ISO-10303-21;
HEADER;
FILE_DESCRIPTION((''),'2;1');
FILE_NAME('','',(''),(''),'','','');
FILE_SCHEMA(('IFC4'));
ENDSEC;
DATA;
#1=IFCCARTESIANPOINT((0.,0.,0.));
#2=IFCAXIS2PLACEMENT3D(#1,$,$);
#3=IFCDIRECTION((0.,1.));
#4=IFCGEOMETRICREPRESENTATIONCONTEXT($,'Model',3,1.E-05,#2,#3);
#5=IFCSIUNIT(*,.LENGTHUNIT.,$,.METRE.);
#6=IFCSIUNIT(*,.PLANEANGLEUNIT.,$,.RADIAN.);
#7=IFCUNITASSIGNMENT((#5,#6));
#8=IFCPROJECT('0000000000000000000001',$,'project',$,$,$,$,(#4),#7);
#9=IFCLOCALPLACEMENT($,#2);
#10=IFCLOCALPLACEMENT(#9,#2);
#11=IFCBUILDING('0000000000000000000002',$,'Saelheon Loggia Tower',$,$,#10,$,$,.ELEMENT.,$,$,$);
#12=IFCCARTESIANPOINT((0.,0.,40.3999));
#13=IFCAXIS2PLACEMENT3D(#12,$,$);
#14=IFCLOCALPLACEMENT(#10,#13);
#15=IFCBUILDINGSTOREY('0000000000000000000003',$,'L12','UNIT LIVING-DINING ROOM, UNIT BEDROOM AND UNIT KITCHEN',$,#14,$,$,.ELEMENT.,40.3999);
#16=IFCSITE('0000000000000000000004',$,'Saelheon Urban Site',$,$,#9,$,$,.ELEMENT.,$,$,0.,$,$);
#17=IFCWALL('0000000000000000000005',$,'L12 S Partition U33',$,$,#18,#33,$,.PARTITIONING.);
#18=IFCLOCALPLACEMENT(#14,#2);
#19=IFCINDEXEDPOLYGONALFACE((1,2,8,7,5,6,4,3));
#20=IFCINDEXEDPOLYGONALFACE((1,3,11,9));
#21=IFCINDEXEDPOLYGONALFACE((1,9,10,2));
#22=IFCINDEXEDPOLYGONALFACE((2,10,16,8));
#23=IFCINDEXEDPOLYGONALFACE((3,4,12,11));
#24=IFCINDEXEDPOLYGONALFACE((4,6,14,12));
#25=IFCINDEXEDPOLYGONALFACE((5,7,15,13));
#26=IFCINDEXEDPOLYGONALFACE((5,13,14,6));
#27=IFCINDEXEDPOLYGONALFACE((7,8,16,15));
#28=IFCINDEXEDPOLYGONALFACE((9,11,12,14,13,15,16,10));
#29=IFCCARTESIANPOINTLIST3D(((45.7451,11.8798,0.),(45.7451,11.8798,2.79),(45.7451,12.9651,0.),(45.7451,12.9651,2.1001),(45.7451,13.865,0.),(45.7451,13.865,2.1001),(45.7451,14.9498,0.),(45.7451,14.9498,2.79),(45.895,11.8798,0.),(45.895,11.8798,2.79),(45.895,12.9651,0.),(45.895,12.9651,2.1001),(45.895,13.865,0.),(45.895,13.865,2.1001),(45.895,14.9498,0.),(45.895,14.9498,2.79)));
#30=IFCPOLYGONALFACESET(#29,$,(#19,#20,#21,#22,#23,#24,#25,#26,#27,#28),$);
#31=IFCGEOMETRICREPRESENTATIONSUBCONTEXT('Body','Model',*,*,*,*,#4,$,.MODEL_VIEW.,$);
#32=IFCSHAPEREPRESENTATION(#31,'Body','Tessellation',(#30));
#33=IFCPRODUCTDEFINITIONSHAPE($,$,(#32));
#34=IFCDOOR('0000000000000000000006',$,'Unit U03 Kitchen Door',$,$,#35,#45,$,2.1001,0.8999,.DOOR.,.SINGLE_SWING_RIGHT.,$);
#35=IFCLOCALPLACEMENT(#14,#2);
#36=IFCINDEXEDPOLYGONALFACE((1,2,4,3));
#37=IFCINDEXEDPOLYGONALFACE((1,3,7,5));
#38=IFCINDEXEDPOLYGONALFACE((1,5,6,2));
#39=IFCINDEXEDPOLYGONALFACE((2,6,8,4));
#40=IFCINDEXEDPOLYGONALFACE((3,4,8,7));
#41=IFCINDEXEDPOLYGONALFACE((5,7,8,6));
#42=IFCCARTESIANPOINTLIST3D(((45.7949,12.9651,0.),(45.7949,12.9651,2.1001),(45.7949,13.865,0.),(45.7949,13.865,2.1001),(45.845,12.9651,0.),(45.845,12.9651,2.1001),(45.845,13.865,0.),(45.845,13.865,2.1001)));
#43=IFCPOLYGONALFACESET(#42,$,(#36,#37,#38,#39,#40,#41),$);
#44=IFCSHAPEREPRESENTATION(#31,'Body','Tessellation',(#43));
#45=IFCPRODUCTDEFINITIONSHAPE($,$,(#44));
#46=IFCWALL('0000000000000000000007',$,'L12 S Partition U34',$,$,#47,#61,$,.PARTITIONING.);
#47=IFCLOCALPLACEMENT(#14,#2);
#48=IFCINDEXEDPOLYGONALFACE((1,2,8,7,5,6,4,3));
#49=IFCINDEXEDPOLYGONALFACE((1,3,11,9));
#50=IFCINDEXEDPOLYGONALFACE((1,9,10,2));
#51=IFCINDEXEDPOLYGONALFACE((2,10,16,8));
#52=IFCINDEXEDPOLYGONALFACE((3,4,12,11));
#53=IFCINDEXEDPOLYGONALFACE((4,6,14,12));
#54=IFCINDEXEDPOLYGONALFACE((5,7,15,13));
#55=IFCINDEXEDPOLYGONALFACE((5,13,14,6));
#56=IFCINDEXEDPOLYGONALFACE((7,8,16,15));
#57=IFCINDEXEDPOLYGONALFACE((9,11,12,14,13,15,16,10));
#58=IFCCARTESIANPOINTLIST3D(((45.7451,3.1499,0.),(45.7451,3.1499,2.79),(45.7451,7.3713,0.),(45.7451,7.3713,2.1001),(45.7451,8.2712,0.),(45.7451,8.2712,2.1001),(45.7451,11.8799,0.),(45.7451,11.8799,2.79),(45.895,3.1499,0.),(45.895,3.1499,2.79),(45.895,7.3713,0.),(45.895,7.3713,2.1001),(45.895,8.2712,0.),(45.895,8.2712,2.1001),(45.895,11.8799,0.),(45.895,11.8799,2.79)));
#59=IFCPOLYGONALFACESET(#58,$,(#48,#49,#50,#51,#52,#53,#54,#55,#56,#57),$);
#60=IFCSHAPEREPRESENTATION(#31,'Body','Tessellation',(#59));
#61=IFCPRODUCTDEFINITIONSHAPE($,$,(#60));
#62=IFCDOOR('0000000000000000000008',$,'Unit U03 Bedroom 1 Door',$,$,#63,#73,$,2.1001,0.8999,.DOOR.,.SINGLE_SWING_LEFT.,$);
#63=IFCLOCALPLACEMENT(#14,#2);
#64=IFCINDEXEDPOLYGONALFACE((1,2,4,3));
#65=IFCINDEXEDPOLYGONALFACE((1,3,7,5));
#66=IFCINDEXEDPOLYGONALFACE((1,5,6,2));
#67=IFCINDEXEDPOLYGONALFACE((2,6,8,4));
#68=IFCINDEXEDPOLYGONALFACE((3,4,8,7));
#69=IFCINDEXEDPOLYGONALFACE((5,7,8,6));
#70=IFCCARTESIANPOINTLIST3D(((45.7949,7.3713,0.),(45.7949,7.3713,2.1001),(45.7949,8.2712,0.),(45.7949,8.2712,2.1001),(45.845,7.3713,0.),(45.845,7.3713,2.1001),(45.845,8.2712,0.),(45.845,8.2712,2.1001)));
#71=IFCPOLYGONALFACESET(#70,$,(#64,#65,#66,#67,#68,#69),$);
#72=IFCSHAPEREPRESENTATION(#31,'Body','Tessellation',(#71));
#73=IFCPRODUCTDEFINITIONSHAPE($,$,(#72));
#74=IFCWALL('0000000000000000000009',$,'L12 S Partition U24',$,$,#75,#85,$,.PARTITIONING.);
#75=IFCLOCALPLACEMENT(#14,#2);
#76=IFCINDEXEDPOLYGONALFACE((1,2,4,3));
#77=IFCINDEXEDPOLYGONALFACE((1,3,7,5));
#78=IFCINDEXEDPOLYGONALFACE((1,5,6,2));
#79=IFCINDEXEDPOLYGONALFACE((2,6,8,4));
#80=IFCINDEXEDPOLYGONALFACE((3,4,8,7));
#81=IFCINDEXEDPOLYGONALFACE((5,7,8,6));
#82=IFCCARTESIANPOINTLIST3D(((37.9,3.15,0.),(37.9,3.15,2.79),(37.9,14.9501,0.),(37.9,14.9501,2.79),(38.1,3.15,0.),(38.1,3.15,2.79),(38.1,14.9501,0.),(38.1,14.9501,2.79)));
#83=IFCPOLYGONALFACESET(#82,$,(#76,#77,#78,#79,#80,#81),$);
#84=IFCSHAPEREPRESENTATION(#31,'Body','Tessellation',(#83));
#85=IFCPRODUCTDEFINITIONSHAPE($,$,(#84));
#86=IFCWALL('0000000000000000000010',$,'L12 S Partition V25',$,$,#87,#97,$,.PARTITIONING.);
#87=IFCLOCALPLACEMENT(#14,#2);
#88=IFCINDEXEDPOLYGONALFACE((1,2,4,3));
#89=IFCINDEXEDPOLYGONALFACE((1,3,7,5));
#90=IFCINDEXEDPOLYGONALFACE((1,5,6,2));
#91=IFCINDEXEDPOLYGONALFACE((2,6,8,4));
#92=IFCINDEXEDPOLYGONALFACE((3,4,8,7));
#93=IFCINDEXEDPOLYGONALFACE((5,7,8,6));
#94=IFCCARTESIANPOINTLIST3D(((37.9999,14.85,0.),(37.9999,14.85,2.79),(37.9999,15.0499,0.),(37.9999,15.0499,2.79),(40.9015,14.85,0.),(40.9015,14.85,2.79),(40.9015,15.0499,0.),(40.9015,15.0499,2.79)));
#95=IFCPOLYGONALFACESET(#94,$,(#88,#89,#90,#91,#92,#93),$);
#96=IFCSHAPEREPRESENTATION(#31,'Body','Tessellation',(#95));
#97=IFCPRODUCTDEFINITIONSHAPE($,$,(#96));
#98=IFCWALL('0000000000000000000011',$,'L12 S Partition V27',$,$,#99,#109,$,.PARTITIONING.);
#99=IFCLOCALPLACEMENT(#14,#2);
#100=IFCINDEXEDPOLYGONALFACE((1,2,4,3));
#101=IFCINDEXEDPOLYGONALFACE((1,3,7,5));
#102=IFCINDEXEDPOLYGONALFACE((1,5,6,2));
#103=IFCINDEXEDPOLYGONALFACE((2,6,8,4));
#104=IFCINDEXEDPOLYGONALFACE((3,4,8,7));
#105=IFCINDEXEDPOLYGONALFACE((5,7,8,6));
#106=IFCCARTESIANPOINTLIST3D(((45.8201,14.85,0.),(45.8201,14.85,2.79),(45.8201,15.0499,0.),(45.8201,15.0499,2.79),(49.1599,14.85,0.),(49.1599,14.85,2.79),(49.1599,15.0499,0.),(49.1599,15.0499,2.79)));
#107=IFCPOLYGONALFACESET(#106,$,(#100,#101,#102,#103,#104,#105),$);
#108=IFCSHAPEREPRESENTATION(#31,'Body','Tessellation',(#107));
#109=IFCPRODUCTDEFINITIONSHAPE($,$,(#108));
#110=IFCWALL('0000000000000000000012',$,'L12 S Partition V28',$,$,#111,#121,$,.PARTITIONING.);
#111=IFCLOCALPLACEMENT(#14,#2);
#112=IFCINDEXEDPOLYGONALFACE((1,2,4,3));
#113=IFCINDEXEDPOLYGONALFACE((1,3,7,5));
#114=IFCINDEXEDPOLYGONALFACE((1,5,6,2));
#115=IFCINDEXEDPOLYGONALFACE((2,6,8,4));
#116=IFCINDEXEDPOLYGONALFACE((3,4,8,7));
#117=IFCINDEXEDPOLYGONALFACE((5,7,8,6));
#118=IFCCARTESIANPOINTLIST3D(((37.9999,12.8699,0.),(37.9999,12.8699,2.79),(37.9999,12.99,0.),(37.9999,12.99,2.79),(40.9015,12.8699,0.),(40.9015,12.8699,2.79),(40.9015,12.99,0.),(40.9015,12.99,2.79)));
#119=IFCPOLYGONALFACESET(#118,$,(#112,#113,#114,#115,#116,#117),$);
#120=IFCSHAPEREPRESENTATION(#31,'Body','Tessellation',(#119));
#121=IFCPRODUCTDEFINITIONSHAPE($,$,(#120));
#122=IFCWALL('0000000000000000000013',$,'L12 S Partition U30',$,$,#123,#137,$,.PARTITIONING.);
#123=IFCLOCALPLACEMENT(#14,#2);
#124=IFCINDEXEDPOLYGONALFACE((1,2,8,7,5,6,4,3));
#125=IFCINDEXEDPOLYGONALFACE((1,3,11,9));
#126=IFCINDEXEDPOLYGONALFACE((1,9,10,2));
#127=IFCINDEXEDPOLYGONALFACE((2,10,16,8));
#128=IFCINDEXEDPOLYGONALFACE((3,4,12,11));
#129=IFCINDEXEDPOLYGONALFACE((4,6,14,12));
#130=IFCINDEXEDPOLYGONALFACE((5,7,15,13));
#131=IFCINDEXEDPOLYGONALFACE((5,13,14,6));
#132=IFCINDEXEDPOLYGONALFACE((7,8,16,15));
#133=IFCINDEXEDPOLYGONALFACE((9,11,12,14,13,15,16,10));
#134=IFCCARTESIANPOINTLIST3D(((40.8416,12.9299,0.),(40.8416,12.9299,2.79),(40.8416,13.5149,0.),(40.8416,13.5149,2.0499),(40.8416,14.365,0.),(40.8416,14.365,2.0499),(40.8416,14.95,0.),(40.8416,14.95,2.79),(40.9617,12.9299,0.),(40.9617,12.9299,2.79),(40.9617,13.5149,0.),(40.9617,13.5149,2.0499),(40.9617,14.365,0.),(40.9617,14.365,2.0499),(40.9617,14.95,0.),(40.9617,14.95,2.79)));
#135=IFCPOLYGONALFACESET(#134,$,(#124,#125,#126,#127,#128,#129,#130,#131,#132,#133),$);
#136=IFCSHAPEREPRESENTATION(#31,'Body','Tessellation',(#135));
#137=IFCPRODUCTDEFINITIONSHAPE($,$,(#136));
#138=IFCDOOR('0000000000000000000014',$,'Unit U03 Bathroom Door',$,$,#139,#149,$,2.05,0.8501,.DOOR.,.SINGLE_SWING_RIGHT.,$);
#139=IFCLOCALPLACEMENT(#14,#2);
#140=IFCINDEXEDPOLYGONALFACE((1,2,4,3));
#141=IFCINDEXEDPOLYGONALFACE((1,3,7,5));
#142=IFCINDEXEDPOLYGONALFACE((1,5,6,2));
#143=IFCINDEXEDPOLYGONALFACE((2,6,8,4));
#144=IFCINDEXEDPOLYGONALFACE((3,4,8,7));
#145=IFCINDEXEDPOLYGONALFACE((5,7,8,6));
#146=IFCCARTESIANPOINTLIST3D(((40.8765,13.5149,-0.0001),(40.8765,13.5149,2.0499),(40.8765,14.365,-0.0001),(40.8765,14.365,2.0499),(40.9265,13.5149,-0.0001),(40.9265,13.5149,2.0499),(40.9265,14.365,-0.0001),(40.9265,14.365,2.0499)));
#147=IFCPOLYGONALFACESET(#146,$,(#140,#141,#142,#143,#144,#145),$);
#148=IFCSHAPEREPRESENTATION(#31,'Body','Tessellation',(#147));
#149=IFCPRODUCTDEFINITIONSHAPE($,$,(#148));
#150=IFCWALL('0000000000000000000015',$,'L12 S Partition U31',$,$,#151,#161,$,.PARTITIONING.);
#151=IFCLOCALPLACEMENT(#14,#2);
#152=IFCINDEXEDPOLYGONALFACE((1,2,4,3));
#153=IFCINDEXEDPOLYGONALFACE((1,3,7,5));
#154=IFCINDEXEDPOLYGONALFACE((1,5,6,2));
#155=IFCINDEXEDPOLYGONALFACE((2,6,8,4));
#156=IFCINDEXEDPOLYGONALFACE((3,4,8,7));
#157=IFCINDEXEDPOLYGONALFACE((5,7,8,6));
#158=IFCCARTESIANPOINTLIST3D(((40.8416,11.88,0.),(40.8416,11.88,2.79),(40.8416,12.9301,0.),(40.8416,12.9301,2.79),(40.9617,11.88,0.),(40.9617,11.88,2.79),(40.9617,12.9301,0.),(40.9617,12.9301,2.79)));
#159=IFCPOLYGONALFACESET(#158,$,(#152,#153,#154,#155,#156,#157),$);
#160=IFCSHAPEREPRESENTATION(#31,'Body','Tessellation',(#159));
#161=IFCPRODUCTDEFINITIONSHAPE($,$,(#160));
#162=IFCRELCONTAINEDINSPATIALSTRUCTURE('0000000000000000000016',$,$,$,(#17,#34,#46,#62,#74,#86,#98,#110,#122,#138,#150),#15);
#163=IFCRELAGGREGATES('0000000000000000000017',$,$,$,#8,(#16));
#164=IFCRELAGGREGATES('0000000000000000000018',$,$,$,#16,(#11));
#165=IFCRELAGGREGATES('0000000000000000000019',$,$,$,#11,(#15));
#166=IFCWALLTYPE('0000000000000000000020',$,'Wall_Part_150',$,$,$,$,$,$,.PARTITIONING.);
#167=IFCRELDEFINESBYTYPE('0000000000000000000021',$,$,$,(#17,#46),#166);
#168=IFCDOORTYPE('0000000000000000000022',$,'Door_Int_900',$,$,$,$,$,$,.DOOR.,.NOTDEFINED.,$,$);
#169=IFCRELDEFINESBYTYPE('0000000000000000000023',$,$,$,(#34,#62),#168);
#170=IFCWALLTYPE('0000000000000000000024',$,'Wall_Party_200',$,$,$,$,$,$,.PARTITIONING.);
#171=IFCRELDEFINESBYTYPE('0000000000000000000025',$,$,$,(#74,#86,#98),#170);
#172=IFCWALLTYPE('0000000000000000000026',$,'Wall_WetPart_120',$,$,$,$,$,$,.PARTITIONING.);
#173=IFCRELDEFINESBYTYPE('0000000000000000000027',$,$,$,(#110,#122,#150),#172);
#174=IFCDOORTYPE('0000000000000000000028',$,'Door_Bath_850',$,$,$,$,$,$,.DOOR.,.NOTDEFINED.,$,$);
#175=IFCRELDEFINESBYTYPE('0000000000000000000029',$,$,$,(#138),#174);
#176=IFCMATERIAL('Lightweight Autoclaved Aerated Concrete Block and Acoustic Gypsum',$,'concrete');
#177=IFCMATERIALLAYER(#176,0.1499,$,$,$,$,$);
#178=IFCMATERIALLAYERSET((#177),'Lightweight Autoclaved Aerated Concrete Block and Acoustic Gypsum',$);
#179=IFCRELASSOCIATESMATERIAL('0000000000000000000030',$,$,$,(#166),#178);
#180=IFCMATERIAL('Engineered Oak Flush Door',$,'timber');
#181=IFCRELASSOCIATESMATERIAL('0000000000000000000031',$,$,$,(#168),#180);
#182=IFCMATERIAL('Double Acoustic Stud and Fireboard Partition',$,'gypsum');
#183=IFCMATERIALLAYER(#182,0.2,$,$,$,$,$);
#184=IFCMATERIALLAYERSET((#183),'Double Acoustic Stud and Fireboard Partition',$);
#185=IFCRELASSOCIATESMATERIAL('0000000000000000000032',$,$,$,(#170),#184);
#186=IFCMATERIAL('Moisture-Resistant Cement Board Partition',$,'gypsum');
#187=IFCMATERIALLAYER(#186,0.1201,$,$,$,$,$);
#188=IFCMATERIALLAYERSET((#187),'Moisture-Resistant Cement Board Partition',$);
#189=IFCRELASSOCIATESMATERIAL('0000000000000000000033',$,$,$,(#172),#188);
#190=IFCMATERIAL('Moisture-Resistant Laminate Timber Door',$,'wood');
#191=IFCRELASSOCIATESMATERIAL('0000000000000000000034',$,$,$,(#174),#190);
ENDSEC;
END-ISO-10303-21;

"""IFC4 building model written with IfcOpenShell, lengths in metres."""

from ifc_helpers import new_model, si_unit, direction, frame, frame_2d, origin, place, context, subcontext, project, spatial, rectangle, extrude, source, transform, mapped, material, layer, layer_set, type_object, element, fill, save


model = new_model("IFC4")

# Units and contexts
model_context = context("Model", 3, precision=1e-05, world=origin(), true_north=direction((0.0, 1.0)))
body_context = subcontext(model_context, "Body", "Model", "MODEL_VIEW")
ifc_project = project(units=[si_unit("LENGTHUNIT", "METRE"), si_unit("PLANEANGLEUNIT", "RADIAN")], contexts=[model_context])

# Site, building, storey
site_placement = place(None, origin())
site = spatial("IfcSite", under=ifc_project, at=site_placement, Name="Saelheon Urban Site", CompositionType="ELEMENT", RefElevation=0.0)
building_placement = place(site_placement, origin())
building = spatial("IfcBuilding", under=site, at=building_placement, Name="Saelheon Loggia Tower", CompositionType="ELEMENT")
storey_placement = place(building_placement, frame((0.0, 0.0, 40.3999)))
storey = spatial("IfcBuildingStorey", under=building, at=storey_placement, Name="L12", Description="UNIT LIVING-DINING ROOM, UNIT BEDROOM AND UNIT KITCHEN", CompositionType="ELEMENT", Elevation=40.3999)

# Shared definitions
ifc_material_1 = material(Name="Lightweight Autoclaved Aerated Concrete Block and Acoustic Gypsum", Category="concrete")
ifc_layer_1 = layer(ifc_material_1, 0.1499)
ifc_layer_set_1 = layer_set([ifc_layer_1], Name="Lightweight Autoclaved Aerated Concrete Block and Acoustic Gypsum")
wall_type_1 = type_object("IfcWallType", Name="Wall_Part_150", PredefinedType="PARTITIONING", material=ifc_layer_set_1)
ifc_material_2 = material(Name="Engineered Oak Flush Door", Category="timber")
door_type_1 = type_object("IfcDoorType", Name="Door_Int_900", OperationType="NOTDEFINED", PredefinedType="DOOR", material=ifc_material_2)
shared_shape_1 = source(origin(), body_context, "Body", "SweptSolid", [
    extrude(rectangle(XDim=0.8999, YDim=2.1001, at=frame_2d((0.45, 1.05))), frame((0.0, 0.0249, 0.0), z_axis=(0.0, -1.0, 0.0), x_axis=(1.0, 0.0, 0.0)), (0.0, 0.0, 1.0), 0.05),
])

# Walls, openings, doors
wall_1_placement = place(storey_placement, frame((45.8201, 14.95, 0.0), z_axis=(0.0, 0.0, 1.0), x_axis=(0.0, -1.0, 0.0)))
wall_1 = element("IfcWall", 1, at=wall_1_placement, inside=storey, type_object=wall_type_1, Name="L12 S Partition U33", PredefinedType="PARTITIONING", context=body_context, shape_type="SweptSolid", body=[
    extrude(rectangle(XDim=3.0701, YDim=0.1499, at=frame_2d((1.5352, 0.0))), origin(), (0.0, 0.0, 1.0), 2.79),
])
opening_1_placement = place(wall_1_placement, frame((1.085, 0.0, 0.0)))
opening_1 = element("IfcOpeningElement", 2, at=opening_1_placement, cuts=wall_1, PredefinedType="OPENING", context=body_context, shape_type="SweptSolid", body=[
    extrude(rectangle(XDim=0.8999, YDim=2.1001, at=frame_2d((0.45, 1.05))), frame((0.0, 0.0869, 0.0), z_axis=(0.0, -1.0, 0.0), x_axis=(1.0, 0.0, 0.0)), (0.0, 0.0, 1.0), 0.1738),
])
door_1_placement = place(opening_1_placement, origin())
door_1 = element("IfcDoor", 3, at=door_1_placement, inside=storey, type_object=door_type_1, Name="Unit U03 Kitchen Door", OperationType="SINGLE_SWING_RIGHT", OverallHeight=2.1001, OverallWidth=0.8999, PredefinedType="DOOR", context=body_context, shape_type="MappedRepresentation", body=[
    mapped(shared_shape_1, transform((0.0, 0.0, 0.0), scale=1.0)),
])
fill(opening_1, door_1)
wall_2_placement = place(storey_placement, frame((45.8201, 11.8799, 0.0), z_axis=(0.0, 0.0, 1.0), x_axis=(0.0, -1.0, 0.0)))
wall_2 = element("IfcWall", 4, at=wall_2_placement, inside=storey, type_object=wall_type_1, Name="L12 S Partition U34", PredefinedType="PARTITIONING", context=body_context, shape_type="SweptSolid", body=[
    extrude(rectangle(XDim=8.73, YDim=0.1499, at=frame_2d((4.365, 0.0))), origin(), (0.0, 0.0, 1.0), 2.79),
])
opening_2_placement = place(wall_2_placement, frame((3.6086, 0.0, 0.0)))
opening_2 = element("IfcOpeningElement", 5, at=opening_2_placement, cuts=wall_2, PredefinedType="OPENING", context=body_context, shape_type="SweptSolid", body=[
    extrude(rectangle(XDim=0.8999, YDim=2.1001, at=frame_2d((0.45, 1.05))), frame((0.0, 0.0869, 0.0), z_axis=(0.0, -1.0, 0.0), x_axis=(1.0, 0.0, 0.0)), (0.0, 0.0, 1.0), 0.1738),
])
door_2_placement = place(opening_2_placement, origin())
door_2 = element("IfcDoor", 6, at=door_2_placement, inside=storey, type_object=door_type_1, Name="Unit U03 Bedroom 1 Door", OperationType="SINGLE_SWING_LEFT", OverallHeight=2.1001, OverallWidth=0.8999, PredefinedType="DOOR", context=body_context, shape_type="MappedRepresentation", body=[
    mapped(shared_shape_1, transform((0.0, 0.0, 0.0), scale=1.0)),
])
fill(opening_2, door_2)

# Walls
ifc_material_3 = material(Name="Double Acoustic Stud and Fireboard Partition", Category="gypsum")
ifc_layer_2 = layer(ifc_material_3, 0.2)
ifc_layer_set_2 = layer_set([ifc_layer_2], Name="Double Acoustic Stud and Fireboard Partition")
wall_type_2 = type_object("IfcWallType", Name="Wall_Party_200", PredefinedType="PARTITIONING", material=ifc_layer_set_2)
wall_3_placement = place(storey_placement, frame((38.0, 14.95, 0.0), z_axis=(0.0, 0.0, 1.0), x_axis=(0.0, -1.0, 0.0)))
element("IfcWall", 7, at=wall_3_placement, inside=storey, type_object=wall_type_2, Name="L12 S Partition U24", PredefinedType="PARTITIONING", context=body_context, shape_type="SweptSolid", body=[
    extrude(rectangle(XDim=11.8, YDim=0.2, at=frame_2d((5.8999, 0.0))), origin(), (0.0, 0.0, 1.0), 2.79),
])
wall_4_placement = place(storey_placement, frame((38.0, 14.95, 0.0), z_axis=(0.0, 0.0, 1.0), x_axis=(1.0, 0.0, 0.0)))
element("IfcWall", 8, at=wall_4_placement, inside=storey, type_object=wall_type_2, Name="L12 S Partition V25", PredefinedType="PARTITIONING", context=body_context, shape_type="SweptSolid", body=[
    extrude(rectangle(XDim=2.9016, YDim=0.2, at=frame_2d((1.4507, 0.0))), origin(), (0.0, 0.0, 1.0), 2.79),
])

# Walls
wall_5_placement = place(storey_placement, frame((45.8201, 14.95, 0.0), z_axis=(0.0, 0.0, 1.0), x_axis=(1.0, 0.0, 0.0)))
element("IfcWall", 9, at=wall_5_placement, inside=storey, type_object=wall_type_2, Name="L12 S Partition V27", PredefinedType="PARTITIONING", context=body_context, shape_type="SweptSolid", body=[
    extrude(rectangle(XDim=3.3398, YDim=0.2, at=frame_2d((1.6699, 0.0))), origin(), (0.0, 0.0, 1.0), 2.79),
])
ifc_material_4 = material(Name="Moisture-Resistant Cement Board Partition", Category="gypsum")
ifc_layer_3 = layer(ifc_material_4, 0.1201)
ifc_layer_set_3 = layer_set([ifc_layer_3], Name="Moisture-Resistant Cement Board Partition")
wall_type_3 = type_object("IfcWallType", Name="Wall_WetPart_120", PredefinedType="PARTITIONING", material=ifc_layer_set_3)
wall_6_placement = place(storey_placement, frame((38.0, 12.9299, 0.0), z_axis=(0.0, 0.0, 1.0), x_axis=(1.0, 0.0, 0.0)))
element("IfcWall", 10, at=wall_6_placement, inside=storey, type_object=wall_type_3, Name="L12 S Partition V28", PredefinedType="PARTITIONING", context=body_context, shape_type="SweptSolid", body=[
    extrude(rectangle(XDim=2.9016, YDim=0.1201, at=frame_2d((1.4507, 0.0))), origin(), (0.0, 0.0, 1.0), 2.79),
])

# Wall, opening, door
wall_7_placement = place(storey_placement, frame((40.9016, 14.95, 0.0), z_axis=(0.0, 0.0, 1.0), x_axis=(0.0, -1.0, 0.0)))
wall_7 = element("IfcWall", 11, at=wall_7_placement, inside=storey, type_object=wall_type_3, Name="L12 S Partition U30", PredefinedType="PARTITIONING", context=body_context, shape_type="SweptSolid", body=[
    extrude(rectangle(XDim=2.02, YDim=0.1201, at=frame_2d((1.01, 0.0))), origin(), (0.0, 0.0, 1.0), 2.79),
])
opening_3_placement = place(wall_7_placement, frame((0.585, 0.0, 0.0)))
opening_3 = element("IfcOpeningElement", 12, at=opening_3_placement, cuts=wall_7, PredefinedType="OPENING", context=body_context, shape_type="SweptSolid", body=[
    extrude(rectangle(XDim=0.8501, YDim=2.05, at=frame_2d((0.425, 1.0249))), frame((0.0, 0.072, 0.0), z_axis=(0.0, -1.0, 0.0), x_axis=(1.0, 0.0, 0.0)), (0.0, 0.0, 1.0), 0.144),
])
ifc_material_5 = material(Name="Moisture-Resistant Laminate Timber Door", Category="wood")
door_type_2 = type_object("IfcDoorType", Name="Door_Bath_850", OperationType="NOTDEFINED", PredefinedType="DOOR", material=ifc_material_5)
shared_shape_2 = source(origin(), body_context, "Body", "SweptSolid", [
    extrude(rectangle(XDim=0.8501, YDim=2.05, at=frame_2d((0.425, 1.0249))), frame((0.0, 0.0249, 0.0), z_axis=(0.0, -1.0, 0.0), x_axis=(1.0, 0.0, 0.0)), (0.0, 0.0, 1.0), 0.05),
])
door_3_placement = place(opening_3_placement, origin())
door_3 = element("IfcDoor", 13, at=door_3_placement, inside=storey, type_object=door_type_2, Name="Unit U03 Bathroom Door", OperationType="SINGLE_SWING_RIGHT", OverallHeight=2.05, OverallWidth=0.8501, PredefinedType="DOOR", context=body_context, shape_type="MappedRepresentation", body=[
    mapped(shared_shape_2, transform((0.0, 0.0, 0.0), scale=1.0)),
])
fill(opening_3, door_3)

# Wall
wall_8_placement = place(storey_placement, frame((40.9016, 12.9299, 0.0), z_axis=(0.0, 0.0, 1.0), x_axis=(0.0, -1.0, 0.0)))
element("IfcWall", 14, at=wall_8_placement, inside=storey, type_object=wall_type_3, Name="L12 S Partition U31", PredefinedType="PARTITIONING", context=body_context, shape_type="SweptSolid", body=[
    extrude(rectangle(XDim=1.05, YDim=0.1201, at=frame_2d((0.5249, 0.0))), origin(), (0.0, 0.0, 1.0), 2.79),
])

save(model, "model.ifc")
